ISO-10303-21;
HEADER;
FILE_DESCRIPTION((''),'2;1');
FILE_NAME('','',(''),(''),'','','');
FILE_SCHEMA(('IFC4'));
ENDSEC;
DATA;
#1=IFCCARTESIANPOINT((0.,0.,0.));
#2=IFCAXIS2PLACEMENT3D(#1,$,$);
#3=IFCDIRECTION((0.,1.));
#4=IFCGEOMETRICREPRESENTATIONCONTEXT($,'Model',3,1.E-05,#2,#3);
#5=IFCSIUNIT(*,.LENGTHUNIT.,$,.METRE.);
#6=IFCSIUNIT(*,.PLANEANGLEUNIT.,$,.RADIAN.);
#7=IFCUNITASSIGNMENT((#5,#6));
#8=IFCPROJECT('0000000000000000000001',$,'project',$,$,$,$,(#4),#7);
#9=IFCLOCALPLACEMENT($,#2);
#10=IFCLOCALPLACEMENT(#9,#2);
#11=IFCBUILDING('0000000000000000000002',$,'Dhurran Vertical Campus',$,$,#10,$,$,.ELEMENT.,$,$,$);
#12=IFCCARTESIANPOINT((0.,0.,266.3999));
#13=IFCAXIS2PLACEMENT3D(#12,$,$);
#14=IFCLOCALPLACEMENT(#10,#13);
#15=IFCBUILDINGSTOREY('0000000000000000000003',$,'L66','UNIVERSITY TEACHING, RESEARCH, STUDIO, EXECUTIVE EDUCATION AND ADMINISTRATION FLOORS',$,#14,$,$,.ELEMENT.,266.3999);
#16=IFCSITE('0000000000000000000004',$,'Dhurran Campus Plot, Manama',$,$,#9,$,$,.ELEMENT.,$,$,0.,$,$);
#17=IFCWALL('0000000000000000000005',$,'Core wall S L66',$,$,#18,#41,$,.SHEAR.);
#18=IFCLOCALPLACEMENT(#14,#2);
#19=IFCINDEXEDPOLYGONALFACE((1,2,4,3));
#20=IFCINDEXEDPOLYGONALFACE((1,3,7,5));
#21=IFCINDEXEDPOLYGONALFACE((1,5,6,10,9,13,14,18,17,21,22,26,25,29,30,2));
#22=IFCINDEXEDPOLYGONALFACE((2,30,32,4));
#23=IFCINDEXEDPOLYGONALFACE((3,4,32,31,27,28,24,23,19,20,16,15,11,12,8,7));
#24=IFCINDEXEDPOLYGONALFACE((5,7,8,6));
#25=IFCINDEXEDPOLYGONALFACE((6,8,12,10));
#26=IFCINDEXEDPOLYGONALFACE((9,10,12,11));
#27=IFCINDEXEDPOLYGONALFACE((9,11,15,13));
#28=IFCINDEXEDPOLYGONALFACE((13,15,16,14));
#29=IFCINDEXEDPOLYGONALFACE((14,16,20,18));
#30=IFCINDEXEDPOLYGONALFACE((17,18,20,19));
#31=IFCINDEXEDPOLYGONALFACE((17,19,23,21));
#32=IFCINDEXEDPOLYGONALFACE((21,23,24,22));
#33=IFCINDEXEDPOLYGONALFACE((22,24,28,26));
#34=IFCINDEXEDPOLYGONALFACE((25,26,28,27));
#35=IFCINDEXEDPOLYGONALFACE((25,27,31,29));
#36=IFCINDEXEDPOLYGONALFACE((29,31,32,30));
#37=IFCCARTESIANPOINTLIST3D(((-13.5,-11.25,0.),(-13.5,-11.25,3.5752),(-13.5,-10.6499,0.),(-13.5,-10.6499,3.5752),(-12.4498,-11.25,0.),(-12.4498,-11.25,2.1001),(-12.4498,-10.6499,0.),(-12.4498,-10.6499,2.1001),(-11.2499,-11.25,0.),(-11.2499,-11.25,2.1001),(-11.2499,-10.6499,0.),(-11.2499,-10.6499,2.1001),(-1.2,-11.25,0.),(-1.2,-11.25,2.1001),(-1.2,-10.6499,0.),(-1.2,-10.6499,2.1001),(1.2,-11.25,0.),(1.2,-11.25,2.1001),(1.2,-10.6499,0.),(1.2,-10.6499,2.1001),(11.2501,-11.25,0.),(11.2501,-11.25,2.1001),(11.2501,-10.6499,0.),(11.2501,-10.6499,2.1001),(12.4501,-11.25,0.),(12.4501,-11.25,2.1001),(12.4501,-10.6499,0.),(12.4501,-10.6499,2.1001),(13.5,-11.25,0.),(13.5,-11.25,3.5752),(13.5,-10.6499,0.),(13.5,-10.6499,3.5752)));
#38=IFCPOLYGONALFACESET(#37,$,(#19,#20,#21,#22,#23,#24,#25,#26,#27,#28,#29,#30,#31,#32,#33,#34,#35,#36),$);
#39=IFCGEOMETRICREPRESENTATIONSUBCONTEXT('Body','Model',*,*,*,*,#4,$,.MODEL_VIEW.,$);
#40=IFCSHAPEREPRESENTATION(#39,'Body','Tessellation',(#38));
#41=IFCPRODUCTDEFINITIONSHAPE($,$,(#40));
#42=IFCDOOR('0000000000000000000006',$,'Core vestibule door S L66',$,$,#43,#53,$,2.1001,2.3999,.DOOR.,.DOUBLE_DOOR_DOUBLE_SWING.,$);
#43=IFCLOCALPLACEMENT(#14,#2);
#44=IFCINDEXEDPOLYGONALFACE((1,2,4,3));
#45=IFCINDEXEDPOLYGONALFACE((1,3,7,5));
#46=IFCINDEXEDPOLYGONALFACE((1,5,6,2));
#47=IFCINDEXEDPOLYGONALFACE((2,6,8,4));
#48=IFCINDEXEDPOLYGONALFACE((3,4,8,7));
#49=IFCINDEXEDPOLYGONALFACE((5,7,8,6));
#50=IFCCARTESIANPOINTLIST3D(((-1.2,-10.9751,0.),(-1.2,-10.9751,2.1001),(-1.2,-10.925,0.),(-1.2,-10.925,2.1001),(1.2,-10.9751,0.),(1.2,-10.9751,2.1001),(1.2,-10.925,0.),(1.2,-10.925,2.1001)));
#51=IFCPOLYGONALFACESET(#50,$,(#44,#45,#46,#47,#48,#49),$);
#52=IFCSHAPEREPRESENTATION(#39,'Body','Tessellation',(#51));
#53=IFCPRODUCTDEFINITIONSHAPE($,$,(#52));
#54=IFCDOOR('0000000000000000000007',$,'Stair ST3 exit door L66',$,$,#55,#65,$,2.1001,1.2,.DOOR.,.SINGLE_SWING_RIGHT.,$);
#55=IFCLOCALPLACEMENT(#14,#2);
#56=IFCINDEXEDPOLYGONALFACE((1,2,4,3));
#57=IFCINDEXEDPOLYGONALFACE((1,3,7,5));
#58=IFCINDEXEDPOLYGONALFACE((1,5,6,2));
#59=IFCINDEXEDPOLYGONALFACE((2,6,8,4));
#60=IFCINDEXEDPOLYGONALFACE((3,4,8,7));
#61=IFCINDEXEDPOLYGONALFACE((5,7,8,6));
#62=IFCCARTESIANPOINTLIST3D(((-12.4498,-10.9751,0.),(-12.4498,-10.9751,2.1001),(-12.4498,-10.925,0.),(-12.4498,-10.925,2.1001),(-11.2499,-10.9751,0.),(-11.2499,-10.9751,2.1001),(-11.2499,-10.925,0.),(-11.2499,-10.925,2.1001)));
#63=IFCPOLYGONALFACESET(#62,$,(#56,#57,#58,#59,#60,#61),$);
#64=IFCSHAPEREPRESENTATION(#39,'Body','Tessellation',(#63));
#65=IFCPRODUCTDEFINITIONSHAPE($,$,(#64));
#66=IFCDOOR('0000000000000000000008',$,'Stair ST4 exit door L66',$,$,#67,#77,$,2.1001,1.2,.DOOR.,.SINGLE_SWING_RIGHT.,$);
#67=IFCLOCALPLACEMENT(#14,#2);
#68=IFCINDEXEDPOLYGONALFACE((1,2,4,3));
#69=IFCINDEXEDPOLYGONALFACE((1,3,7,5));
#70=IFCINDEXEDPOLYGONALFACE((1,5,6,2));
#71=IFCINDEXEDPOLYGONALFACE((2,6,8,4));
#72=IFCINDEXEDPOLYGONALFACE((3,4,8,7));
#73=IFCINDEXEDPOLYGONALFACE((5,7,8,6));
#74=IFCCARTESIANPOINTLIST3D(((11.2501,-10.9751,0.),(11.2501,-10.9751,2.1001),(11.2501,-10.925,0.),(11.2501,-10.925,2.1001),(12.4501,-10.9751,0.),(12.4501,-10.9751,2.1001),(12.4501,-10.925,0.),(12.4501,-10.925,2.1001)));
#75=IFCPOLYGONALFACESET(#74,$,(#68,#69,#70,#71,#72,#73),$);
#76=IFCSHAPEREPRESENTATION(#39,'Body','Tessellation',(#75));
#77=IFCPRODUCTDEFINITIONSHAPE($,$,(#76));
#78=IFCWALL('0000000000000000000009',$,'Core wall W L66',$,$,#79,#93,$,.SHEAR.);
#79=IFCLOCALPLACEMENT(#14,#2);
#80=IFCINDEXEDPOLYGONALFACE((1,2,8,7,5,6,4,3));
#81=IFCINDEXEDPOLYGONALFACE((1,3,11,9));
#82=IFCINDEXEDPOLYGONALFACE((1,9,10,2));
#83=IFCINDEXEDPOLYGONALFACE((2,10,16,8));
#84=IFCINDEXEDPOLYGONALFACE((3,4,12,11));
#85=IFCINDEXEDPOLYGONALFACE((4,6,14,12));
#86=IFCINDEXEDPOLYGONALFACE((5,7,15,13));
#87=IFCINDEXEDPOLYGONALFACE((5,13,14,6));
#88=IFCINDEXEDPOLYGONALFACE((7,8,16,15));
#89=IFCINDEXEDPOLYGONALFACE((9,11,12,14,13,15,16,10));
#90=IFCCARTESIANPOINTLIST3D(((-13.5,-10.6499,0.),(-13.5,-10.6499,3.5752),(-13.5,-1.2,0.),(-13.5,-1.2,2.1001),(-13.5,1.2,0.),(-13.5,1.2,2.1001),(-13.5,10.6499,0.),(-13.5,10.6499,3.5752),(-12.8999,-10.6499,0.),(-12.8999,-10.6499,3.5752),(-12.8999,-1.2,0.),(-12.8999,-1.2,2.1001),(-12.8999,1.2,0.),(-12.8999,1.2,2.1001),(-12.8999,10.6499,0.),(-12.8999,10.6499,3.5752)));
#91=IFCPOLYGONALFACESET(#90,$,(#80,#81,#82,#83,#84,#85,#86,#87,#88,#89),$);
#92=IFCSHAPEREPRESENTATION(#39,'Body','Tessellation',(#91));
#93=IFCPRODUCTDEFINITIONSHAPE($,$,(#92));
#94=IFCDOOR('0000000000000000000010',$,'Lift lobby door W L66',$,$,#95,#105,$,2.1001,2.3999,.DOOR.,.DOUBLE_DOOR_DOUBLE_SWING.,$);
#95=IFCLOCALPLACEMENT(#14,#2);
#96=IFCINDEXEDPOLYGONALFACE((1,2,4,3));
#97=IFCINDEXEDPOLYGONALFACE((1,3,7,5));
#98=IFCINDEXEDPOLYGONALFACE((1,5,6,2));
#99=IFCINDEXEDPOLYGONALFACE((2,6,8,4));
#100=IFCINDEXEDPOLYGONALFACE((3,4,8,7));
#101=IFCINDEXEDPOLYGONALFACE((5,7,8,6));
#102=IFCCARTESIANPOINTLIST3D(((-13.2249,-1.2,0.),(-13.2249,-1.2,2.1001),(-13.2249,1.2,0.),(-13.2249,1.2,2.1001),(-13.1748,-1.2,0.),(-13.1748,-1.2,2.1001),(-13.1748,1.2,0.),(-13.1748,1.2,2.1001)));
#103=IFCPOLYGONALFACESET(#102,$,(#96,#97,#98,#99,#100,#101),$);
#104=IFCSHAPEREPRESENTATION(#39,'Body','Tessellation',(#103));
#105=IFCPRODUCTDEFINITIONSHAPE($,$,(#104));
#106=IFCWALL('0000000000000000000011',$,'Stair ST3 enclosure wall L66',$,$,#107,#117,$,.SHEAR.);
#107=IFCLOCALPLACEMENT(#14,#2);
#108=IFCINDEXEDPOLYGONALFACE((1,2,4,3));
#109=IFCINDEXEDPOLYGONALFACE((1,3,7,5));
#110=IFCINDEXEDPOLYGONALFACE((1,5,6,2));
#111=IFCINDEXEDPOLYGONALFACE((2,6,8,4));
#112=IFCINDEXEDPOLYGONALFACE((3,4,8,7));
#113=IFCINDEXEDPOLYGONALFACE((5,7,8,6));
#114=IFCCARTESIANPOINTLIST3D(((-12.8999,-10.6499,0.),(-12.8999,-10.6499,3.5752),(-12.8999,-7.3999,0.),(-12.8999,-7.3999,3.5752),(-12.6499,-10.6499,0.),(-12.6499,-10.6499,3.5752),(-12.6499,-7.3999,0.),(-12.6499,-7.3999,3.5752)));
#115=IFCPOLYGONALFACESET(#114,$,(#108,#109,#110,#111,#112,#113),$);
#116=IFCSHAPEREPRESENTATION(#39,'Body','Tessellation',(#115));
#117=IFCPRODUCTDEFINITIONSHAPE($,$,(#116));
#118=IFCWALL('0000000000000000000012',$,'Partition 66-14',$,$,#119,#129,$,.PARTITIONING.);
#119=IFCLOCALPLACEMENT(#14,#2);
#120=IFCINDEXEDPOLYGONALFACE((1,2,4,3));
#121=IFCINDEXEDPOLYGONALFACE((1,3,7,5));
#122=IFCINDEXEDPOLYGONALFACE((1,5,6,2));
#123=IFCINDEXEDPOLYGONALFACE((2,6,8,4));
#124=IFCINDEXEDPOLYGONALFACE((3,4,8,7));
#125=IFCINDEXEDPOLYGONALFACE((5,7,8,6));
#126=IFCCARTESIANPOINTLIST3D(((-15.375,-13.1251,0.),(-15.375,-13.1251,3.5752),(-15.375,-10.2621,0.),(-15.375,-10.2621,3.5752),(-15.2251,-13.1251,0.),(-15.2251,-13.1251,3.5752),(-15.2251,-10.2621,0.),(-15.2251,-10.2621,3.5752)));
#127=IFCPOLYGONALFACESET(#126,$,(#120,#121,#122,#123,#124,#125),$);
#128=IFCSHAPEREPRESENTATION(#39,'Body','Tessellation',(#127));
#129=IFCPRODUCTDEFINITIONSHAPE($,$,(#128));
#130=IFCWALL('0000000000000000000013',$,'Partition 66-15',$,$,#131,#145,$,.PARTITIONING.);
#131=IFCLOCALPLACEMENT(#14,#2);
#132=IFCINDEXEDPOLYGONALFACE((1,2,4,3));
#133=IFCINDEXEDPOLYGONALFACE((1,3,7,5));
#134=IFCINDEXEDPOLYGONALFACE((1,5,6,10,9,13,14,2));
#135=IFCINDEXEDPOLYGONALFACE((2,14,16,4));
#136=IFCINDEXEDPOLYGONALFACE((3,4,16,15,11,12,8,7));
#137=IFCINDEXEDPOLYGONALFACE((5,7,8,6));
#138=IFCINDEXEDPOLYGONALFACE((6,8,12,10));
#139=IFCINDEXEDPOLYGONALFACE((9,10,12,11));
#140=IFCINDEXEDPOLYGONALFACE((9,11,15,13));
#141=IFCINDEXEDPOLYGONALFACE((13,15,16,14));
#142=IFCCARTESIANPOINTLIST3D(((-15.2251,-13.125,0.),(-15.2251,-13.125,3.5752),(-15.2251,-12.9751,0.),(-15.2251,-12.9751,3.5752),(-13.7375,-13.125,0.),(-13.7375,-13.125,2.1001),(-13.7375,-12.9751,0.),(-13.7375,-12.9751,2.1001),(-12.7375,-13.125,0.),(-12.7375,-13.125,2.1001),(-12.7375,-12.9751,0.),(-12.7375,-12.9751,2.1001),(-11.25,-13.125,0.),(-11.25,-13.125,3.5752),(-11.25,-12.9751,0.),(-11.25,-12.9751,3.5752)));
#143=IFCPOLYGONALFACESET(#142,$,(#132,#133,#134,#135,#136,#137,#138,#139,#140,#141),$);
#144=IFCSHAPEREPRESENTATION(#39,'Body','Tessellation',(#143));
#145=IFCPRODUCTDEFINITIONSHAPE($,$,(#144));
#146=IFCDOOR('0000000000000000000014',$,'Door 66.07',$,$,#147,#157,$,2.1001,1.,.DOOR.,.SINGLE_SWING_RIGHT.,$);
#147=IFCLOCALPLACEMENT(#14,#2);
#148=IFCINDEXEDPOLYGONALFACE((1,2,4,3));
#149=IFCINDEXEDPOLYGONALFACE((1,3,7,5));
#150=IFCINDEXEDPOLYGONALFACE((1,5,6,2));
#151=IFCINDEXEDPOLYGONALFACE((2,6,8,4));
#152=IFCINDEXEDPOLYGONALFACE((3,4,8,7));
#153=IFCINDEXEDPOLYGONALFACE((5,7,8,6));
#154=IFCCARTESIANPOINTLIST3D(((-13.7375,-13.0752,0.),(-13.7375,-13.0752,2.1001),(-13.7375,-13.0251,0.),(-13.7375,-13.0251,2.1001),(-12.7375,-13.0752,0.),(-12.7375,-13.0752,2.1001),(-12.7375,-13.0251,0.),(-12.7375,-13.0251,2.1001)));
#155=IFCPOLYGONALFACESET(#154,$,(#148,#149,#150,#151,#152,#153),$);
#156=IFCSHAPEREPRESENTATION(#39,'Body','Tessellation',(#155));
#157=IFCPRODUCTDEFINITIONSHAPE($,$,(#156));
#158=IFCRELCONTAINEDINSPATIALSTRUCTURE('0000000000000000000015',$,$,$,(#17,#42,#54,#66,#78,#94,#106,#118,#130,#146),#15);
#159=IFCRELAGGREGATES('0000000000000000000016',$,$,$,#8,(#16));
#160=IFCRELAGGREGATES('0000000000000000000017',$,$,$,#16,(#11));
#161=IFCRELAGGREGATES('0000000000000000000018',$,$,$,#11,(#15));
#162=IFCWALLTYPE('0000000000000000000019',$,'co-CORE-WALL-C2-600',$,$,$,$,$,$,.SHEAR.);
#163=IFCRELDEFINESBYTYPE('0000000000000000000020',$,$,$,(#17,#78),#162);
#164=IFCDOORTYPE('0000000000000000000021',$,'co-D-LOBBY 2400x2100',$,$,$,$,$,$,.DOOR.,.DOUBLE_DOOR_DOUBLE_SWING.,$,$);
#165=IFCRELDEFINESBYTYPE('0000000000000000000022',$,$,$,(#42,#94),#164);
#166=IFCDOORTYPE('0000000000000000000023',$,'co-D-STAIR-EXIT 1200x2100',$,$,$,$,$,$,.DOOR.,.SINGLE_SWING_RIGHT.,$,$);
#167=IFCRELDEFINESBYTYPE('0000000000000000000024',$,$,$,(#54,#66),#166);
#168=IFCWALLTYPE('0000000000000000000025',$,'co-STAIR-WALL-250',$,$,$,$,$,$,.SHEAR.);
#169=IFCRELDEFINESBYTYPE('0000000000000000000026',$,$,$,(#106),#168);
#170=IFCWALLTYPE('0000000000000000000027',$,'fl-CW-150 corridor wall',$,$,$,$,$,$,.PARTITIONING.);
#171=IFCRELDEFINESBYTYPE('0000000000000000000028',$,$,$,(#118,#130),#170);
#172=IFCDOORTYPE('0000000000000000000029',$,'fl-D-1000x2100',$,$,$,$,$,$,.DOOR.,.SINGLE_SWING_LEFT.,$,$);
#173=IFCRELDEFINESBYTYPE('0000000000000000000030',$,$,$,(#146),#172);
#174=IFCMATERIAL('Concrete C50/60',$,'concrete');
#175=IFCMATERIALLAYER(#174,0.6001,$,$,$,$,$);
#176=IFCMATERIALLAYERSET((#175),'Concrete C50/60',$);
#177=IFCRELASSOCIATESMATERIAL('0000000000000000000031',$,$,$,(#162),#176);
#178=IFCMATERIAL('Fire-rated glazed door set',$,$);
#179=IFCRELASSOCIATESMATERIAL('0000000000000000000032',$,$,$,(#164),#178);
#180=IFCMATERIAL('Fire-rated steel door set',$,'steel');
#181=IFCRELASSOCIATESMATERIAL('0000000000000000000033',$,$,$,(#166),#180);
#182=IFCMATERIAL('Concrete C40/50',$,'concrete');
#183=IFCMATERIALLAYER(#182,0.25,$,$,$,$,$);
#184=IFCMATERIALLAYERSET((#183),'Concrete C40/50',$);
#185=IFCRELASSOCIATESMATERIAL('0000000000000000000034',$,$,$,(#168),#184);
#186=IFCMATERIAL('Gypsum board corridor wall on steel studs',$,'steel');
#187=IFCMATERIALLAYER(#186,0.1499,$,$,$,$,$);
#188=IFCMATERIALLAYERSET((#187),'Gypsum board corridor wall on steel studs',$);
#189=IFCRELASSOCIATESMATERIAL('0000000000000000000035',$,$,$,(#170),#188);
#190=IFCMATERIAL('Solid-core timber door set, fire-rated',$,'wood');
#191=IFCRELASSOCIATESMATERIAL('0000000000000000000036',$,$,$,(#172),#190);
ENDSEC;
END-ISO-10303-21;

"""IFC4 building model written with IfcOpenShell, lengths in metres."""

from ifc_helpers import new_model, si_unit, direction, frame, frame_2d, origin, place, context, subcontext, project, spatial, rectangle, extrude, material, layer, layer_set, type_object, element, fill, save


model = new_model("IFC4")

# Units and contexts
model_context = context("Model", 3, precision=1e-05, world=origin(), true_north=direction((0.0, 1.0)))
body_context = subcontext(model_context, "Body", "Model", "MODEL_VIEW")
ifc_project = project(units=[si_unit("LENGTHUNIT", "METRE"), si_unit("PLANEANGLEUNIT", "RADIAN")], contexts=[model_context])

# Site, building, storey
site_placement = place(None, origin())
site = spatial("IfcSite", under=ifc_project, at=site_placement, Name="Dhurran Campus Plot, Manama", CompositionType="ELEMENT", RefElevation=0.0)
building_placement = place(site_placement, origin())
building = spatial("IfcBuilding", under=site, at=building_placement, Name="Dhurran Vertical Campus", CompositionType="ELEMENT")
storey_placement = place(building_placement, frame((0.0, 0.0, 266.3999)))
storey = spatial("IfcBuildingStorey", under=building, at=storey_placement, Name="L66", Description="UNIVERSITY TEACHING, RESEARCH, STUDIO, EXECUTIVE EDUCATION AND ADMINISTRATION FLOORS", CompositionType="ELEMENT", Elevation=266.3999)

# Wall, openings, doors
ifc_material_1 = material(Name="Concrete C50/60", Category="concrete")
ifc_layer_1 = layer(ifc_material_1, 0.6001)
ifc_layer_set_1 = layer_set([ifc_layer_1], Name="Concrete C50/60")
wall_type_1 = type_object("IfcWallType", Name="co-CORE-WALL-C2-600", PredefinedType="SHEAR", material=ifc_layer_set_1)
wall_1_placement = place(storey_placement, frame((-13.5, -10.95, 0.0), z_axis=(0.0, 0.0, 1.0), x_axis=(1.0, 0.0, 0.0)))
wall_1 = element("IfcWall", 1, at=wall_1_placement, inside=storey, type_object=wall_type_1, Name="Core wall S L66", PredefinedType="SHEAR", context=body_context, shape_type="SweptSolid", body=[
    extrude(rectangle(XDim=27.0, YDim=0.6001, at=frame_2d((13.5, 0.0))), origin(), (0.0, 0.0, 1.0), 3.5752),
])
opening_1_placement = place(wall_1_placement, frame((12.3, 0.0, 0.0)))
opening_1 = element("IfcOpeningElement", 2, at=opening_1_placement, cuts=wall_1, PredefinedType="OPENING", context=body_context, shape_type="SweptSolid", body=[
    extrude(rectangle(XDim=2.3999, YDim=2.1001, at=frame_2d((1.2, 1.05))), frame((0.0, 0.3101, 0.0), z_axis=(0.0, -1.0, 0.0), x_axis=(1.0, 0.0, 0.0)), (0.0, 0.0, 1.0), 0.6201),
])
opening_2_placement = place(wall_1_placement, frame((1.05, 0.0, 0.0)))
opening_2 = element("IfcOpeningElement", 3, at=opening_2_placement, cuts=wall_1, PredefinedType="OPENING", context=body_context, shape_type="SweptSolid", body=[
    extrude(rectangle(XDim=1.2, YDim=2.1001, at=frame_2d((0.6001, 1.05))), frame((0.0, 0.3101, 0.0), z_axis=(0.0, -1.0, 0.0), x_axis=(1.0, 0.0, 0.0)), (0.0, 0.0, 1.0), 0.6201),
])
opening_3_placement = place(wall_1_placement, frame((24.75, 0.0, 0.0)))
opening_3 = element("IfcOpeningElement", 4, at=opening_3_placement, cuts=wall_1, PredefinedType="OPENING", context=body_context, shape_type="SweptSolid", body=[
    extrude(rectangle(XDim=1.2, YDim=2.1001, at=frame_2d((0.6001, 1.05))), frame((0.0, 0.3101, 0.0), z_axis=(0.0, -1.0, 0.0), x_axis=(1.0, 0.0, 0.0)), (0.0, 0.0, 1.0), 0.6201),
])
ifc_material_2 = material(Name="Fire-rated glazed door set")
door_type_1 = type_object("IfcDoorType", Name="co-D-LOBBY 2400x2100", OperationType="DOUBLE_DOOR_DOUBLE_SWING", PredefinedType="DOOR", material=ifc_material_2)
door_1_placement = place(opening_1_placement, origin())
door_1 = element("IfcDoor", 5, at=door_1_placement, inside=storey, type_object=door_type_1, Name="Core vestibule door S L66", OperationType="DOUBLE_DOOR_DOUBLE_SWING", OverallHeight=2.1001, OverallWidth=2.3999, PredefinedType="DOOR", context=body_context, shape_type="SweptSolid", body=[
    extrude(rectangle(XDim=2.3999, YDim=2.1001, at=frame_2d((1.2, 1.05))), frame((0.0, 0.0249, 0.0), z_axis=(0.0, -1.0, 0.0), x_axis=(1.0, 0.0, 0.0)), (0.0, 0.0, 1.0), 0.05),
])
fill(opening_1, door_1)
ifc_material_3 = material(Name="Fire-rated steel door set", Category="steel")
door_type_2 = type_object("IfcDoorType", Name="co-D-STAIR-EXIT 1200x2100", OperationType="SINGLE_SWING_RIGHT", PredefinedType="DOOR", material=ifc_material_3)
door_2_placement = place(opening_2_placement, origin())
door_2 = element("IfcDoor", 6, at=door_2_placement, inside=storey, type_object=door_type_2, Name="Stair ST3 exit door L66", OperationType="SINGLE_SWING_RIGHT", OverallHeight=2.1001, OverallWidth=1.2, PredefinedType="DOOR", context=body_context, shape_type="SweptSolid", body=[
    extrude(rectangle(XDim=1.2, YDim=2.1001, at=frame_2d((0.6001, 1.05))), frame((0.0, 0.0249, 0.0), z_axis=(0.0, -1.0, 0.0), x_axis=(1.0, 0.0, 0.0)), (0.0, 0.0, 1.0), 0.05),
])
fill(opening_2, door_2)
door_3_placement = place(opening_3_placement, origin())
door_3 = element("IfcDoor", 7, at=door_3_placement, inside=storey, type_object=door_type_2, Name="Stair ST4 exit door L66", OperationType="SINGLE_SWING_RIGHT", OverallHeight=2.1001, OverallWidth=1.2, PredefinedType="DOOR", context=body_context, shape_type="SweptSolid", body=[
    extrude(rectangle(XDim=1.2, YDim=2.1001, at=frame_2d((0.6001, 1.05))), frame((0.0, 0.0249, 0.0), z_axis=(0.0, -1.0, 0.0), x_axis=(1.0, 0.0, 0.0)), (0.0, 0.0, 1.0), 0.05),
])
fill(opening_3, door_3)

# Wall, opening, door
wall_2_placement = place(storey_placement, frame((-13.2, -10.6499, 0.0), z_axis=(0.0, 0.0, 1.0), x_axis=(0.0, 1.0, 0.0)))
wall_2 = element("IfcWall", 8, at=wall_2_placement, inside=storey, type_object=wall_type_1, Name="Core wall W L66", PredefinedType="SHEAR", context=body_context, shape_type="SweptSolid", body=[
    extrude(rectangle(XDim=21.2998, YDim=0.6001, at=frame_2d((10.6499, 0.0))), origin(), (0.0, 0.0, 1.0), 3.5752),
])
opening_4_placement = place(wall_2_placement, frame((9.45, 0.0, 0.0)))
opening_4 = element("IfcOpeningElement", 9, at=opening_4_placement, cuts=wall_2, PredefinedType="OPENING", context=body_context, shape_type="SweptSolid", body=[
    extrude(rectangle(XDim=2.3999, YDim=2.1001, at=frame_2d((1.2, 1.05))), frame((0.0, 0.3101, 0.0), z_axis=(0.0, -1.0, 0.0), x_axis=(1.0, 0.0, 0.0)), (0.0, 0.0, 1.0), 0.6201),
])
door_4_placement = place(opening_4_placement, origin())
door_4 = element("IfcDoor", 10, at=door_4_placement, inside=storey, type_object=door_type_1, Name="Lift lobby door W L66", OperationType="DOUBLE_DOOR_DOUBLE_SWING", OverallHeight=2.1001, OverallWidth=2.3999, PredefinedType="DOOR", context=body_context, shape_type="SweptSolid", body=[
    extrude(rectangle(XDim=2.3999, YDim=2.1001, at=frame_2d((1.2, 1.05))), frame((0.0, 0.0249, 0.0), z_axis=(0.0, -1.0, 0.0), x_axis=(1.0, 0.0, 0.0)), (0.0, 0.0, 1.0), 0.05),
])
fill(opening_4, door_4)

# Walls
ifc_material_4 = material(Name="Concrete C40/50", Category="concrete")
ifc_layer_2 = layer(ifc_material_4, 0.25)
ifc_layer_set_2 = layer_set([ifc_layer_2], Name="Concrete C40/50")
wall_type_2 = type_object("IfcWallType", Name="co-STAIR-WALL-250", PredefinedType="SHEAR", material=ifc_layer_set_2)
wall_3_placement = place(storey_placement, frame((-12.7749, -10.6499, 0.0), z_axis=(0.0, 0.0, 1.0), x_axis=(0.0, 1.0, 0.0)))
element("IfcWall", 11, at=wall_3_placement, inside=storey, type_object=wall_type_2, Name="Stair ST3 enclosure wall L66", PredefinedType="SHEAR", context=body_context, shape_type="SweptSolid", body=[
    extrude(rectangle(XDim=3.25, YDim=0.25, at=frame_2d((1.625, 0.0))), origin(), (0.0, 0.0, 1.0), 3.5752),
])
ifc_material_5 = material(Name="Gypsum board corridor wall on steel studs", Category="steel")
ifc_layer_3 = layer(ifc_material_5, 0.1499)
ifc_layer_set_3 = layer_set([ifc_layer_3], Name="Gypsum board corridor wall on steel studs")
wall_type_3 = type_object("IfcWallType", Name="fl-CW-150 corridor wall", PredefinedType="PARTITIONING", material=ifc_layer_set_3)
wall_4_placement = place(storey_placement, frame((-15.3, -10.262, 0.0), z_axis=(0.0, 0.0, 1.0), x_axis=(0.0, -1.0, 0.0)))
element("IfcWall", 12, at=wall_4_placement, inside=storey, type_object=wall_type_3, Name="Partition 66-14", PredefinedType="PARTITIONING", context=body_context, shape_type="SweptSolid", body=[
    extrude(rectangle(XDim=2.863, YDim=0.1499, at=frame_2d((1.4316, 0.0))), origin(), (0.0, 0.0, 1.0), 3.5752),
])

# Wall, opening, door
wall_5_placement = place(storey_placement, frame((-15.2251, -13.05, 0.0), z_axis=(0.0, 0.0, 1.0), x_axis=(1.0, 0.0, 0.0)))
wall_5 = element("IfcWall", 13, at=wall_5_placement, inside=storey, type_object=wall_type_3, Name="Partition 66-15", PredefinedType="PARTITIONING", context=body_context, shape_type="SweptSolid", body=[
    extrude(rectangle(XDim=3.9751, YDim=0.1499, at=frame_2d((1.9875, 0.0))), origin(), (0.0, 0.0, 1.0), 3.5752),
])
opening_5_placement = place(wall_5_placement, frame((1.4875, 0.0, 0.0)))
opening_5 = element("IfcOpeningElement", 14, at=opening_5_placement, cuts=wall_5, PredefinedType="OPENING", context=body_context, shape_type="SweptSolid", body=[
    extrude(rectangle(XDim=1.0, YDim=2.1001, at=frame_2d((0.5, 1.05))), frame((0.0, 0.085, 0.0), z_axis=(0.0, -1.0, 0.0), x_axis=(1.0, 0.0, 0.0)), (0.0, 0.0, 1.0), 0.1699),
])
ifc_material_6 = material(Name="Solid-core timber door set, fire-rated", Category="wood")
door_type_3 = type_object("IfcDoorType", Name="fl-D-1000x2100", OperationType="SINGLE_SWING_LEFT", PredefinedType="DOOR", material=ifc_material_6)
door_5_placement = place(opening_5_placement, origin())
door_5 = element("IfcDoor", 15, at=door_5_placement, inside=storey, type_object=door_type_3, Name="Door 66.07", OperationType="SINGLE_SWING_RIGHT", OverallHeight=2.1001, OverallWidth=1.0, PredefinedType="DOOR", context=body_context, shape_type="SweptSolid", body=[
    extrude(rectangle(XDim=1.0, YDim=2.1001, at=frame_2d((0.5, 1.05))), frame((0.0, 0.0249, 0.0), z_axis=(0.0, -1.0, 0.0), x_axis=(1.0, 0.0, 0.0)), (0.0, 0.0, 1.0), 0.05),
])
fill(opening_5, door_5)

save(model, "model.ifc")
